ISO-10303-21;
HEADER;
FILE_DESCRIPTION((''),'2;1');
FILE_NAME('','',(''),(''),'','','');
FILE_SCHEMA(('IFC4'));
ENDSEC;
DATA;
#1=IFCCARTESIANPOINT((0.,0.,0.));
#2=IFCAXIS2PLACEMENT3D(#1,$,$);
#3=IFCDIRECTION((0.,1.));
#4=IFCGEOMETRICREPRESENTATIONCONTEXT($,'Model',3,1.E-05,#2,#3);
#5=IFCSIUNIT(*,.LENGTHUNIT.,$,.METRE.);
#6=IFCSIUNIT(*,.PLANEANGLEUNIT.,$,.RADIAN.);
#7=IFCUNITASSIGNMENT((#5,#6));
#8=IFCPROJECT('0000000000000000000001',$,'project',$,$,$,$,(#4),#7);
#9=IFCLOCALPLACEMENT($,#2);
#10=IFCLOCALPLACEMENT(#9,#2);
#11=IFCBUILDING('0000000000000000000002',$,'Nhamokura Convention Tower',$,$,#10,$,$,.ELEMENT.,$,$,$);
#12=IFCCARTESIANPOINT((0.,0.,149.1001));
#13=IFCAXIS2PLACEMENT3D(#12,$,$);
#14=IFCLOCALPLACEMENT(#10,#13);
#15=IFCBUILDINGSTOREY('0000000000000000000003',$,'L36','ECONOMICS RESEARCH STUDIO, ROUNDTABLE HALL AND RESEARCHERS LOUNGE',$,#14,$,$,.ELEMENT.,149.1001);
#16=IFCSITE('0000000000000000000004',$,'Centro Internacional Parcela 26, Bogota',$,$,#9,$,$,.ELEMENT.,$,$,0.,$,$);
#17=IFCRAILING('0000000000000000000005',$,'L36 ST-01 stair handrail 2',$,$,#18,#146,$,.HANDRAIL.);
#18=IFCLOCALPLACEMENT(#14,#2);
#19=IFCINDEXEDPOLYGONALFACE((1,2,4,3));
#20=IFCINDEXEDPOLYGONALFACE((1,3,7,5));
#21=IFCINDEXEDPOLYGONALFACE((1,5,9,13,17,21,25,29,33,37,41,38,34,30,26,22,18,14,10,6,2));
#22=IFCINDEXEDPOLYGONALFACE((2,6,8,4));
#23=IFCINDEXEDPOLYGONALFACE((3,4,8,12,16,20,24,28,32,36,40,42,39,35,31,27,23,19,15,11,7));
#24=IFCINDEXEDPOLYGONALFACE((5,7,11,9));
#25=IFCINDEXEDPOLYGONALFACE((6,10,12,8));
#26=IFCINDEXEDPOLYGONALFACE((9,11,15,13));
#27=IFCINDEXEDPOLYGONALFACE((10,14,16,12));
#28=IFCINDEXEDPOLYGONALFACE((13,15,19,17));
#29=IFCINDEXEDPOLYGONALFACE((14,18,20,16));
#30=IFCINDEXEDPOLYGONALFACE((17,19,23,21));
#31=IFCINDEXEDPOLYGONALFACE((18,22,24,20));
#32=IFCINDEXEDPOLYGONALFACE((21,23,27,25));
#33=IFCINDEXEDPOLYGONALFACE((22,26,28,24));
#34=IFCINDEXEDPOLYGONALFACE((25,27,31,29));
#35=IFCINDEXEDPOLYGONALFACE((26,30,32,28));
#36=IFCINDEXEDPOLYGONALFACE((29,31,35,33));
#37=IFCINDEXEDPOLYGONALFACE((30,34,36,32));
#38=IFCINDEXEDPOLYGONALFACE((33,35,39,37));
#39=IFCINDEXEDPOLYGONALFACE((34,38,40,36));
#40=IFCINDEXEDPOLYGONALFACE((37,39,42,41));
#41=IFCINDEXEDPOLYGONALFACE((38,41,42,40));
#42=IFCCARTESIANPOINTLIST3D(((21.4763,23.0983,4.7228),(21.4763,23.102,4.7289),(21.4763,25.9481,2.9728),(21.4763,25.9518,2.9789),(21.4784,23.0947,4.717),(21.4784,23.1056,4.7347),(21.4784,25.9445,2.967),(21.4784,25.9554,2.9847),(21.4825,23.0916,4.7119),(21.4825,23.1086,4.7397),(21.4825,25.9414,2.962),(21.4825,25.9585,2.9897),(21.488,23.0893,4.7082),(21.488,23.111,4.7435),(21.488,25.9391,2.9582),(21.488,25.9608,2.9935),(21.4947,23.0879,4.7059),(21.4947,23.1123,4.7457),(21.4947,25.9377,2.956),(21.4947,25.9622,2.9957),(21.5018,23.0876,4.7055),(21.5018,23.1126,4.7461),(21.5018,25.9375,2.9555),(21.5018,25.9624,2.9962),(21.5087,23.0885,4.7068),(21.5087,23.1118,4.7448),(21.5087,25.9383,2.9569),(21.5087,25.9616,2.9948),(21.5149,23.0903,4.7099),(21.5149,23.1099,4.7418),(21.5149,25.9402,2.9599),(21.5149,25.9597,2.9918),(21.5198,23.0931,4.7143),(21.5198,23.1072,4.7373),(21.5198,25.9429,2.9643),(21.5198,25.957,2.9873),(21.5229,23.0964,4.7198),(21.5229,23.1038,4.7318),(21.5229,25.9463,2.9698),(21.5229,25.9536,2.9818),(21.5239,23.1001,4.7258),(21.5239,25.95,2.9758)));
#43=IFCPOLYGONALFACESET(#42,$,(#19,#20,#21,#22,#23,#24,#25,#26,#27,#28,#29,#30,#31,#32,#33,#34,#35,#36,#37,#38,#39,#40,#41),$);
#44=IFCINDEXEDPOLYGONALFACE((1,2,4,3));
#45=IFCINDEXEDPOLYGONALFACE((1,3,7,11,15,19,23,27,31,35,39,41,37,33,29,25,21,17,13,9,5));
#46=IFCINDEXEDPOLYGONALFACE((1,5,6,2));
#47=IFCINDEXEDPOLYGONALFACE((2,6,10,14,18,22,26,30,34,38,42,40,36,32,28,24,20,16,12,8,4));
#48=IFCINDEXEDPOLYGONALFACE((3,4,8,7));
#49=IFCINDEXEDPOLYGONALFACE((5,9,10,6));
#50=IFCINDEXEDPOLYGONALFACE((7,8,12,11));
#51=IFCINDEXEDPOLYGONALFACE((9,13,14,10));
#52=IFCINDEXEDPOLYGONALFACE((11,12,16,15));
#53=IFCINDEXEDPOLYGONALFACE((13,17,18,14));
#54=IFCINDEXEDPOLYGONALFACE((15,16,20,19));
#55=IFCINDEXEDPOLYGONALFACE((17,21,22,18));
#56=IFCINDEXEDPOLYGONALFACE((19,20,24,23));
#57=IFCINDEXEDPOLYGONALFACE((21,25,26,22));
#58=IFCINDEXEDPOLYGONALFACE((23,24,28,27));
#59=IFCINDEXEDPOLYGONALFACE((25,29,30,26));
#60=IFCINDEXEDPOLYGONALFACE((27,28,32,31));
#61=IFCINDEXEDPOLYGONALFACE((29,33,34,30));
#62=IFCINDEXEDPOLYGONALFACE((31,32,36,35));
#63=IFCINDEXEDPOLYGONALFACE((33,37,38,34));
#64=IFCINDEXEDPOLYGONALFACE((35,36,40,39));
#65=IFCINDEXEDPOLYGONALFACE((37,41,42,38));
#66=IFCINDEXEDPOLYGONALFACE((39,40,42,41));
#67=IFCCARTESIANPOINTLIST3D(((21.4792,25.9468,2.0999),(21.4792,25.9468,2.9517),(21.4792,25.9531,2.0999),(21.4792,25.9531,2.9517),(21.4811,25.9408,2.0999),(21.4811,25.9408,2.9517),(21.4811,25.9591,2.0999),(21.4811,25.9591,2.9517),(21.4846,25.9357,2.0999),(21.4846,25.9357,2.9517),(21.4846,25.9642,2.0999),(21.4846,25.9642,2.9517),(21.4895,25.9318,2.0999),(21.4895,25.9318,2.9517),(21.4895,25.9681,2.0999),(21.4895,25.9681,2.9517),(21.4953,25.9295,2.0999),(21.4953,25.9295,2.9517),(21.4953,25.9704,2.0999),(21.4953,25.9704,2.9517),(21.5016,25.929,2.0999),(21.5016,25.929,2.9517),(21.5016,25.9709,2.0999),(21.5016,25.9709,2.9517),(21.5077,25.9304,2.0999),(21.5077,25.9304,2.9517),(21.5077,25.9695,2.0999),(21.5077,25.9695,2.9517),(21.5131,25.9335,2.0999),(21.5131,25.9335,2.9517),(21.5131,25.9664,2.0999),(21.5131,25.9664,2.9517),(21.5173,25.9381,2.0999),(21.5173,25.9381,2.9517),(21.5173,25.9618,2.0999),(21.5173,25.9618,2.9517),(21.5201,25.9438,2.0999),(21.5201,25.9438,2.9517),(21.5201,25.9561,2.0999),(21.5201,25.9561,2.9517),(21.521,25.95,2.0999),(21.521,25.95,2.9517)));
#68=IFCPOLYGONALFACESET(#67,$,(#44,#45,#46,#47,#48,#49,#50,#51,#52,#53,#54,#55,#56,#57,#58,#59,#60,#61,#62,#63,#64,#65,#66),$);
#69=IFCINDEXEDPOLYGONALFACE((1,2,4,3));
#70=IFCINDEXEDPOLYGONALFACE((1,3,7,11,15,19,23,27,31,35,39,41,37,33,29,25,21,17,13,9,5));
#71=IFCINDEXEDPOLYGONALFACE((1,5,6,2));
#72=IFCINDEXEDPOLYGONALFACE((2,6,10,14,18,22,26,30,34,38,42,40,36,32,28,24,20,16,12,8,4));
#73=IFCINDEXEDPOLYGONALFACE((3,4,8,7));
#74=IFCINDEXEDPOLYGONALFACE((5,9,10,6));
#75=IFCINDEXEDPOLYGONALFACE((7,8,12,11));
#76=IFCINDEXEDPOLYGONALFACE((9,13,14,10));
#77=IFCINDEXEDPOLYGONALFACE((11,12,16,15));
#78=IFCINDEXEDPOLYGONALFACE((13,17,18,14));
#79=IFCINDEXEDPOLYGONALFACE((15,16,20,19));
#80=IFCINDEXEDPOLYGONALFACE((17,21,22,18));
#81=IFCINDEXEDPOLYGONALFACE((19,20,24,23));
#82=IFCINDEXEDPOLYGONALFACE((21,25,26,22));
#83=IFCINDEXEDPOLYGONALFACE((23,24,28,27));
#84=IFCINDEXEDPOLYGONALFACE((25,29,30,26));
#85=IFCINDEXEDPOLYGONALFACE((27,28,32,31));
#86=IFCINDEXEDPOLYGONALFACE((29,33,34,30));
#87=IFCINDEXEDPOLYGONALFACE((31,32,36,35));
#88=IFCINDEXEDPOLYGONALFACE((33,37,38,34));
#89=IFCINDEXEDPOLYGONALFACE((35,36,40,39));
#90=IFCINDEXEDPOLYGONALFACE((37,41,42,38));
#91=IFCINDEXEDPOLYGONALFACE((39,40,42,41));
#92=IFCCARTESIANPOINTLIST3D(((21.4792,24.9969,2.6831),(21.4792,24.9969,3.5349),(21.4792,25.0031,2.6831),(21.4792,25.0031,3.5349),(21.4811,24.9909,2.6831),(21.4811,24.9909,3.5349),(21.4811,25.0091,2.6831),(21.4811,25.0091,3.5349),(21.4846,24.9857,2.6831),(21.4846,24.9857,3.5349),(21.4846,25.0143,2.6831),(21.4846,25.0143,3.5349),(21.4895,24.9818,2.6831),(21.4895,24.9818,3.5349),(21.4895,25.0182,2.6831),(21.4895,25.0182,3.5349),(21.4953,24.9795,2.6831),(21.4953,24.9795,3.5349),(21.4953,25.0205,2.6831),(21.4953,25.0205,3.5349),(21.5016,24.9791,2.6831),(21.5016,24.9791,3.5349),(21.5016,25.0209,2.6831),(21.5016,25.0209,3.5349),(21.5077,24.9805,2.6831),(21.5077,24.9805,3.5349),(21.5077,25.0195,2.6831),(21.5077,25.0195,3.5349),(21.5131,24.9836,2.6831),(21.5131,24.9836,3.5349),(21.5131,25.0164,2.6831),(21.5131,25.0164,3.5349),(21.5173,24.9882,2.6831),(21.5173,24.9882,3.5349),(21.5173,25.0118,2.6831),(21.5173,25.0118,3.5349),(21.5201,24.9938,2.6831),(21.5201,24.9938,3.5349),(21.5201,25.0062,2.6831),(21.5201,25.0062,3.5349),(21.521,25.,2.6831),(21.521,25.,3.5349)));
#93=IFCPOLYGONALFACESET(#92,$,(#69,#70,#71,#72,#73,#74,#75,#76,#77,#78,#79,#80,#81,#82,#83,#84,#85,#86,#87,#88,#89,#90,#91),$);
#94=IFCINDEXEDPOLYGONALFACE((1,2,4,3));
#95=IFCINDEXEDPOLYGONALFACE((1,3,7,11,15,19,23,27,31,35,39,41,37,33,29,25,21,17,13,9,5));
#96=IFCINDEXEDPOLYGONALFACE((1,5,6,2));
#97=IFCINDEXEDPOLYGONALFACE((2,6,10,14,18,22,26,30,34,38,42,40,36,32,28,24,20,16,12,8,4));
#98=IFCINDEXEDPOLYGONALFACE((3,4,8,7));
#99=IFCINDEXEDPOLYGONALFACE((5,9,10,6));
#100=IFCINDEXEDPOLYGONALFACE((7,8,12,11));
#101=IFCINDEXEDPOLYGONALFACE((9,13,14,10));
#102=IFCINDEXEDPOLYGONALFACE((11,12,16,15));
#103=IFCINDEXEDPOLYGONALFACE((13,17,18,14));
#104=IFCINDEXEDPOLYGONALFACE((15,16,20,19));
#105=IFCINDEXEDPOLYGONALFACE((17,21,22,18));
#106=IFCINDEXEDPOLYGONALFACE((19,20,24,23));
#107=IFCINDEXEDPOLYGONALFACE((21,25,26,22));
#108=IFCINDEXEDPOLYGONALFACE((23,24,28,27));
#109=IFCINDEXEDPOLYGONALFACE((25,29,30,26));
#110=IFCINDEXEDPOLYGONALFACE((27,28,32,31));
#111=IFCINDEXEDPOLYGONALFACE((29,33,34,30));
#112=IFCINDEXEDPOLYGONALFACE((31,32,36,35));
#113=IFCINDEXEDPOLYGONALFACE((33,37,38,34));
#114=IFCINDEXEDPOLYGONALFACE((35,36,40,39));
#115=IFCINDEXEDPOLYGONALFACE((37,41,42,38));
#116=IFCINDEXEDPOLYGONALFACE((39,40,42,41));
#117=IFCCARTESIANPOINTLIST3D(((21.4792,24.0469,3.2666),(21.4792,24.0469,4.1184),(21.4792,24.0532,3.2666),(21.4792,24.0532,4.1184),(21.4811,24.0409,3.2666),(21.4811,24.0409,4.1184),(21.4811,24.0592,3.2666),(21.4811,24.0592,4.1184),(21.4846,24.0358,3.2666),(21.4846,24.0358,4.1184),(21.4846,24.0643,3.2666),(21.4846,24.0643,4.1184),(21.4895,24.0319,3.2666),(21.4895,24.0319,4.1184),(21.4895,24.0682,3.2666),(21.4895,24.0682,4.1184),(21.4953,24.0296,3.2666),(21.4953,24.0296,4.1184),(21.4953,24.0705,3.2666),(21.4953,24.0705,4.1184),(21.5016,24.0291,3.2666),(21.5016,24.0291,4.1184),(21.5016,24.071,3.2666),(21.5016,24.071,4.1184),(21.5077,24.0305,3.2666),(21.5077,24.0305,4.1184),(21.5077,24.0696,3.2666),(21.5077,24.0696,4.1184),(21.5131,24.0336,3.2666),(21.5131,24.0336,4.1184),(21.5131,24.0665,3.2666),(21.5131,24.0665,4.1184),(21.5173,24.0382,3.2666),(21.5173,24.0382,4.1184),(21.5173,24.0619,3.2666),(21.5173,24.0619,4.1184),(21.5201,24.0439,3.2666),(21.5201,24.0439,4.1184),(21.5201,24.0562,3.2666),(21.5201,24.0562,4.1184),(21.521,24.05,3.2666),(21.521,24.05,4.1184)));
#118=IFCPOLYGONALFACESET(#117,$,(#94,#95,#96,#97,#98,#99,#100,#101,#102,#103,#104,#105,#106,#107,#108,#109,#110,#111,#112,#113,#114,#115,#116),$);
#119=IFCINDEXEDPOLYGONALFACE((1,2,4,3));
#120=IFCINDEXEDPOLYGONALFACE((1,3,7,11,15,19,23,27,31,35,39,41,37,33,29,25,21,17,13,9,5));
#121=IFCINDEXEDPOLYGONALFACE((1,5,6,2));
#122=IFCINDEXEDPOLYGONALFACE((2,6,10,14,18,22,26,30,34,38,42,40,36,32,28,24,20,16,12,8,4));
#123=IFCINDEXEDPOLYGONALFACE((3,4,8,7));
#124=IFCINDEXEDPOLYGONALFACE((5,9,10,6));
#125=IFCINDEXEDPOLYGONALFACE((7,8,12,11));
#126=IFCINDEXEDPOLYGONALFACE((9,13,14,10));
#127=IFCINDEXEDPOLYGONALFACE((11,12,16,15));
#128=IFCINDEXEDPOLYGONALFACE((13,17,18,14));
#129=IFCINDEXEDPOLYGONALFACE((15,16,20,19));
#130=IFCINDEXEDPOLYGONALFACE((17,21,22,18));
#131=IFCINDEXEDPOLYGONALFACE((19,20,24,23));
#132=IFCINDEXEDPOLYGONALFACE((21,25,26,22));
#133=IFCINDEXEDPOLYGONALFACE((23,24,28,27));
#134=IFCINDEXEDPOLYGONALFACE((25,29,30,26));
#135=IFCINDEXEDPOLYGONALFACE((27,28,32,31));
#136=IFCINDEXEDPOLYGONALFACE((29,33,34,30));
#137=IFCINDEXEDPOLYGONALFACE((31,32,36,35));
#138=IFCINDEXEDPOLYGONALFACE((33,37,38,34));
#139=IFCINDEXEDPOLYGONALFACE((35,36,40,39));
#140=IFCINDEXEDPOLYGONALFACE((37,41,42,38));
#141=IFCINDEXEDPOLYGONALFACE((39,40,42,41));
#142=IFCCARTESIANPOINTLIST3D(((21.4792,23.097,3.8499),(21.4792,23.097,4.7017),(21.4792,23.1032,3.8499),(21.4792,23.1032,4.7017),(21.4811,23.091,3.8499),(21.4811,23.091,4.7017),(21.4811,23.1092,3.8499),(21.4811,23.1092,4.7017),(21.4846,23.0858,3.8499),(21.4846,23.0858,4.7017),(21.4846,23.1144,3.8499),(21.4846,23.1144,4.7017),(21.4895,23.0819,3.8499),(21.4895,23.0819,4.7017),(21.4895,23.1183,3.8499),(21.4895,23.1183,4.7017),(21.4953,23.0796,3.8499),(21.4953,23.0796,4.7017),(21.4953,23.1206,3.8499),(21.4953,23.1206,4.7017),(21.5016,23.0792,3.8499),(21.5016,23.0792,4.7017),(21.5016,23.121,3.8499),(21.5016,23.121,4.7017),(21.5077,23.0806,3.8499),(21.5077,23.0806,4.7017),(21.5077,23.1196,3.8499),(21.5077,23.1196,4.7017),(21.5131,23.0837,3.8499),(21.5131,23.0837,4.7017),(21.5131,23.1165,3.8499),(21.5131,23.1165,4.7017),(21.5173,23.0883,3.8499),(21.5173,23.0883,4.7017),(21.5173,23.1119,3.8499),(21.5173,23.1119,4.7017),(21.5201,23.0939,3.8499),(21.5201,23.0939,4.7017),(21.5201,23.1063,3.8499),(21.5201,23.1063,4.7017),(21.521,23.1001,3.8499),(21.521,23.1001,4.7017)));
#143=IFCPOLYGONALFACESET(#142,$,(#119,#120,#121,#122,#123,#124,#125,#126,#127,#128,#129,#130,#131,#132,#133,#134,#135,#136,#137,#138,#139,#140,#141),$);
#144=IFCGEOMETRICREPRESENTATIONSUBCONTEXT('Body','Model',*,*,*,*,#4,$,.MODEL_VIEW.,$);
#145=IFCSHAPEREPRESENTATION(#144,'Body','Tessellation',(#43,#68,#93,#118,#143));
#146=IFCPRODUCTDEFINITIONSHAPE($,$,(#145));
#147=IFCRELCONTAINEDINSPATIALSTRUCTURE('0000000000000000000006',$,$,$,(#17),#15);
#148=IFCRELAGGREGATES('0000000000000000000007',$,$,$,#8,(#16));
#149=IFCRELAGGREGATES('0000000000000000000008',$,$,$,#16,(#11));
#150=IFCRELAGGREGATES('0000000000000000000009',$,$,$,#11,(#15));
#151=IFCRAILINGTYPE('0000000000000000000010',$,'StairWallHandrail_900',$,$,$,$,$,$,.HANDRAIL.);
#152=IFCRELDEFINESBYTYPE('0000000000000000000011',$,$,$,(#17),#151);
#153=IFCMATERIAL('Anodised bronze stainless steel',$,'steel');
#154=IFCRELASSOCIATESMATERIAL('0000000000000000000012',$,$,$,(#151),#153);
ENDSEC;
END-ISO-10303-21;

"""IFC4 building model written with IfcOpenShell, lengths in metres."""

from ifc_helpers import new_model, si_unit, direction, frame, origin, origin_2d, place, context, subcontext, project, spatial, circle, extrude, material, type_object, element, save


model = new_model("IFC4")

# Units and contexts
model_context = context("Model", 3, precision=1e-05, world=origin(), true_north=direction((0.0, 1.0)))
body_context = subcontext(model_context, "Body", "Model", "MODEL_VIEW")
ifc_project = project(units=[si_unit("LENGTHUNIT", "METRE"), si_unit("PLANEANGLEUNIT", "RADIAN")], contexts=[model_context])

# Site, building, storey
site_placement = place(None, origin())
site = spatial("IfcSite", under=ifc_project, at=site_placement, Name="Centro Internacional Parcela 26, Bogota", CompositionType="ELEMENT", RefElevation=0.0)
building_placement = place(site_placement, origin())
building = spatial("IfcBuilding", under=site, at=building_placement, Name="Nhamokura Convention Tower", CompositionType="ELEMENT")
storey_placement = place(building_placement, frame((0.0, 0.0, 149.1001)))
storey = spatial("IfcBuildingStorey", under=building, at=storey_placement, Name="L36", Description="ECONOMICS RESEARCH STUDIO, ROUNDTABLE HALL AND RESEARCHERS LOUNGE", CompositionType="ELEMENT", Elevation=149.1001)

# Railing
ifc_material_1 = material(Name="Anodised bronze stainless steel", Category="steel")
railing_type_1 = type_object("IfcRailingType", Name="StairWallHandrail_900", PredefinedType="HANDRAIL", material=ifc_material_1)
railing_1_placement = place(storey_placement, frame((21.5, 25.95, 2.0999)))
element("IfcRailing", 1, at=railing_1_placement, inside=storey, type_object=railing_type_1, Name="L36 ST-01 stair handrail 2", PredefinedType="HANDRAIL", context=body_context, shape_type="SweptSolid", body=[
    extrude(circle(Radius=0.0239, at=origin_2d()), frame((0.0, 0.0, 0.876), z_axis=(0.0, -0.852159, 0.523283), x_axis=(1.0, 0.0, 0.0)), (0.0, 0.0, 1.0), 3.3442),
    extrude(circle(Radius=0.021, at=origin_2d()), origin(), (0.0, 0.0, 1.0), 0.8518),
    extrude(circle(Radius=0.021, at=origin_2d()), frame((0.0, -0.95, 0.5833)), (0.0, 0.0, 1.0), 0.8518),
    extrude(circle(Radius=0.021, at=origin_2d()), frame((0.0, -1.8999, 1.1667)), (0.0, 0.0, 1.0), 0.8518),
    extrude(circle(Radius=0.021, at=origin_2d()), frame((0.0, -2.8499, 1.75)), (0.0, 0.0, 1.0), 0.8518),
])

save(model, "model.ifc")
